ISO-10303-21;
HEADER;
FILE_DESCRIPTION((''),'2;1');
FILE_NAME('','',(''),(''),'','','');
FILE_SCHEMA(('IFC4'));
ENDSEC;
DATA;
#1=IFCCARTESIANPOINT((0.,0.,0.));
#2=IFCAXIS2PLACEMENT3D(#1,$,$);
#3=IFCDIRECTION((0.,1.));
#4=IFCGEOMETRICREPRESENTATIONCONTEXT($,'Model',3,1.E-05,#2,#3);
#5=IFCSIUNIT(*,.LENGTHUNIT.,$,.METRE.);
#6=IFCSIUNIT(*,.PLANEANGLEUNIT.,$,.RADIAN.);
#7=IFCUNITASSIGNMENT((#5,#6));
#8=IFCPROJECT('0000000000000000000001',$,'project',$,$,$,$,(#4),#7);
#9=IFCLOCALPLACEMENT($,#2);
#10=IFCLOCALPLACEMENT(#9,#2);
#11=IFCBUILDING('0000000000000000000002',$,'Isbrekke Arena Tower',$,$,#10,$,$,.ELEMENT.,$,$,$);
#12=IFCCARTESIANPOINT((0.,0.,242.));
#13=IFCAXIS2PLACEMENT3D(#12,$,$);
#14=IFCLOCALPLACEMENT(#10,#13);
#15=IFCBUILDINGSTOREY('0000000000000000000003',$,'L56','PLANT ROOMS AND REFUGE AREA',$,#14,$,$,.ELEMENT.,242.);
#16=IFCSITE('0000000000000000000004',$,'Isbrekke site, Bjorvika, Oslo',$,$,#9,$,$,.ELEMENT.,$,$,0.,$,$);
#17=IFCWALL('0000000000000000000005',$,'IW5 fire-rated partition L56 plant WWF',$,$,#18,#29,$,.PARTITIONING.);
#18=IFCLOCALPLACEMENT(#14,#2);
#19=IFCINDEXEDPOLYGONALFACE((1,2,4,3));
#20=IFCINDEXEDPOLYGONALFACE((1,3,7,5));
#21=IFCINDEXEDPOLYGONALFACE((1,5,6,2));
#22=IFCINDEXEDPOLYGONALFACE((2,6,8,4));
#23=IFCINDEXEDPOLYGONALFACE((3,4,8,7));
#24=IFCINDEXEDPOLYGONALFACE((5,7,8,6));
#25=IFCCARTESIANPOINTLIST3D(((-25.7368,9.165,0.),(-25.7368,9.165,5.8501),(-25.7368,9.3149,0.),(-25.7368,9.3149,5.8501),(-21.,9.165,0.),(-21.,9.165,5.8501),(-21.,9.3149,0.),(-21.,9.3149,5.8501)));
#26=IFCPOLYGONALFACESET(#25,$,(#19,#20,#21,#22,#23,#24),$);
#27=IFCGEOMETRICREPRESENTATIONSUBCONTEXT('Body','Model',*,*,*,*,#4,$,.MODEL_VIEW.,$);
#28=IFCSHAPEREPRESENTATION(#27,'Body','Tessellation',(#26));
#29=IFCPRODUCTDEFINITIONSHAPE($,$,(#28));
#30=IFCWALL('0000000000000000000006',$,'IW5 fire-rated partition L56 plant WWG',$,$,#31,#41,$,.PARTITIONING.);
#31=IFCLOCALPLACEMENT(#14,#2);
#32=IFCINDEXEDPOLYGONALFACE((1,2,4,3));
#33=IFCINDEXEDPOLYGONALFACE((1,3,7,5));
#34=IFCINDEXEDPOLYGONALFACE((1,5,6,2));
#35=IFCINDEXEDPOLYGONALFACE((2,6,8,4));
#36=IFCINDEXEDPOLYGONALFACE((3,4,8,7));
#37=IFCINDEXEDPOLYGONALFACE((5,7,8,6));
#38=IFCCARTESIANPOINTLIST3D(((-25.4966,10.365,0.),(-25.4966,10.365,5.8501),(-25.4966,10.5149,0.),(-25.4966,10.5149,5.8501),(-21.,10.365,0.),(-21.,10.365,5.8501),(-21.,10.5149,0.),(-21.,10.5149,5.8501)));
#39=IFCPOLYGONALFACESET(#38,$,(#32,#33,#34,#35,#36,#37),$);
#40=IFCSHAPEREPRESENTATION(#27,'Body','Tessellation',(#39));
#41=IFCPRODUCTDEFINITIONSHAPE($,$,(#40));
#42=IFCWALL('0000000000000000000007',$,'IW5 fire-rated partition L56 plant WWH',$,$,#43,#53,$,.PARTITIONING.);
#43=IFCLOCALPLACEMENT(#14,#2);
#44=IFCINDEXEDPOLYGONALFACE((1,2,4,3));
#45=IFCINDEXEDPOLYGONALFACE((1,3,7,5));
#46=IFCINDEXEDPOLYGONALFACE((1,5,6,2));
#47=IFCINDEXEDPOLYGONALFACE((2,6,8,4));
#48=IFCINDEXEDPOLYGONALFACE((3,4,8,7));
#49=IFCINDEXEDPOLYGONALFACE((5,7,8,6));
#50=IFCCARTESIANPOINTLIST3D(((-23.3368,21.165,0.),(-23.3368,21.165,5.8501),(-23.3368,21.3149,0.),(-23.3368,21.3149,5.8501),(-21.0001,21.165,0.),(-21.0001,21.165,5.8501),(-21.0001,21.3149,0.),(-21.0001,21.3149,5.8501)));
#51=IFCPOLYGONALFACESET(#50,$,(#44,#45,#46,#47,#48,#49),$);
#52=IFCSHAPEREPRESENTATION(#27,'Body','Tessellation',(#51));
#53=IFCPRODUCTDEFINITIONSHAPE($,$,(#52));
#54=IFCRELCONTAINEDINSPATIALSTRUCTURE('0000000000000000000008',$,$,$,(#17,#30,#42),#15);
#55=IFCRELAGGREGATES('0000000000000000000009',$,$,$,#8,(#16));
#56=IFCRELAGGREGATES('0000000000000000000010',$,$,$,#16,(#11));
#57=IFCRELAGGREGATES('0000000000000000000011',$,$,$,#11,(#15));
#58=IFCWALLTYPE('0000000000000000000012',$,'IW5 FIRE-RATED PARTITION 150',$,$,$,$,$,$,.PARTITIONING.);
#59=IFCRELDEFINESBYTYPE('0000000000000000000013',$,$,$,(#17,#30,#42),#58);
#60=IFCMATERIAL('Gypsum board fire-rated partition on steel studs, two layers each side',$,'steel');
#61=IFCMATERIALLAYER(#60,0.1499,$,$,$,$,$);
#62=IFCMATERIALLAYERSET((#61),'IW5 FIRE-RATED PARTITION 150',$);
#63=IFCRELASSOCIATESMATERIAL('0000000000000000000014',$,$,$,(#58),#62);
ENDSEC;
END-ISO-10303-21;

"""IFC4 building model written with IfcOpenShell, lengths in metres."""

from ifc_helpers import new_model, si_unit, direction, frame, frame_2d, origin, place, context, subcontext, project, spatial, rectangle, extrude, material, layer, layer_set, type_object, element, save


model = new_model("IFC4")

# Units and contexts
model_context = context("Model", 3, precision=1e-05, world=origin(), true_north=direction((0.0, 1.0)))
body_context = subcontext(model_context, "Body", "Model", "MODEL_VIEW")
ifc_project = project(units=[si_unit("LENGTHUNIT", "METRE"), si_unit("PLANEANGLEUNIT", "RADIAN")], contexts=[model_context])

# Site, building, storey
site_placement = place(None, origin())
site = spatial("IfcSite", under=ifc_project, at=site_placement, Name="Isbrekke site, Bjorvika, Oslo", CompositionType="ELEMENT", RefElevation=0.0)
building_placement = place(site_placement, origin())
building = spatial("IfcBuilding", under=site, at=building_placement, Name="Isbrekke Arena Tower", CompositionType="ELEMENT")
storey_placement = place(building_placement, frame((0.0, 0.0, 242.0)))
storey = spatial("IfcBuildingStorey", under=building, at=storey_placement, Name="L56", Description="PLANT ROOMS AND REFUGE AREA", CompositionType="ELEMENT", Elevation=242.0)

# Shared definitions
ifc_material_1 = material(Name="Gypsum board fire-rated partition on steel studs, two layers each side", Category="steel")
ifc_layer_1 = layer(ifc_material_1, 0.1499)
ifc_layer_set_1 = layer_set([ifc_layer_1], Name="IW5 FIRE-RATED PARTITION 150")
wall_type = type_object("IfcWallType", Name="IW5 FIRE-RATED PARTITION 150", PredefinedType="PARTITIONING", material=ifc_layer_set_1)

# Walls
wall_1_placement = place(storey_placement, frame((-21.0, 9.24, 0.0), z_axis=(0.0, 0.0, 1.0), x_axis=(-1.0, 0.0, 0.0)))
element("IfcWall", 1, at=wall_1_placement, inside=storey, type_object=wall_type, Name="IW5 fire-rated partition L56 plant WWF", PredefinedType="PARTITIONING", context=body_context, shape_type="SweptSolid", body=[
    extrude(rectangle(XDim=4.7368, YDim=0.1499, at=frame_2d((2.3684, 0.0))), origin(), (0.0, 0.0, 1.0), 5.8501),
])
wall_2_placement = place(storey_placement, frame((-21.0, 10.4399, 0.0), z_axis=(0.0, 0.0, 1.0), x_axis=(-1.0, 0.0, 0.0)))
element("IfcWall", 2, at=wall_2_placement, inside=storey, type_object=wall_type, Name="IW5 fire-rated partition L56 plant WWG", PredefinedType="PARTITIONING", context=body_context, shape_type="SweptSolid", body=[
    extrude(rectangle(XDim=4.4966, YDim=0.1499, at=frame_2d((2.2483, 0.0))), origin(), (0.0, 0.0, 1.0), 5.8501),
])
wall_3_placement = place(storey_placement, frame((-21.0, 21.24, 0.0), z_axis=(0.0, 0.0, 1.0), x_axis=(-1.0, 0.0, 0.0)))
element("IfcWall", 3, at=wall_3_placement, inside=storey, type_object=wall_type, Name="IW5 fire-rated partition L56 plant WWH", PredefinedType="PARTITIONING", context=body_context, shape_type="SweptSolid", body=[
    extrude(rectangle(XDim=2.3367, YDim=0.1499, at=frame_2d((1.1685, 0.0))), origin(), (0.0, 0.0, 1.0), 5.8501),
])

save(model, "model.ifc")
